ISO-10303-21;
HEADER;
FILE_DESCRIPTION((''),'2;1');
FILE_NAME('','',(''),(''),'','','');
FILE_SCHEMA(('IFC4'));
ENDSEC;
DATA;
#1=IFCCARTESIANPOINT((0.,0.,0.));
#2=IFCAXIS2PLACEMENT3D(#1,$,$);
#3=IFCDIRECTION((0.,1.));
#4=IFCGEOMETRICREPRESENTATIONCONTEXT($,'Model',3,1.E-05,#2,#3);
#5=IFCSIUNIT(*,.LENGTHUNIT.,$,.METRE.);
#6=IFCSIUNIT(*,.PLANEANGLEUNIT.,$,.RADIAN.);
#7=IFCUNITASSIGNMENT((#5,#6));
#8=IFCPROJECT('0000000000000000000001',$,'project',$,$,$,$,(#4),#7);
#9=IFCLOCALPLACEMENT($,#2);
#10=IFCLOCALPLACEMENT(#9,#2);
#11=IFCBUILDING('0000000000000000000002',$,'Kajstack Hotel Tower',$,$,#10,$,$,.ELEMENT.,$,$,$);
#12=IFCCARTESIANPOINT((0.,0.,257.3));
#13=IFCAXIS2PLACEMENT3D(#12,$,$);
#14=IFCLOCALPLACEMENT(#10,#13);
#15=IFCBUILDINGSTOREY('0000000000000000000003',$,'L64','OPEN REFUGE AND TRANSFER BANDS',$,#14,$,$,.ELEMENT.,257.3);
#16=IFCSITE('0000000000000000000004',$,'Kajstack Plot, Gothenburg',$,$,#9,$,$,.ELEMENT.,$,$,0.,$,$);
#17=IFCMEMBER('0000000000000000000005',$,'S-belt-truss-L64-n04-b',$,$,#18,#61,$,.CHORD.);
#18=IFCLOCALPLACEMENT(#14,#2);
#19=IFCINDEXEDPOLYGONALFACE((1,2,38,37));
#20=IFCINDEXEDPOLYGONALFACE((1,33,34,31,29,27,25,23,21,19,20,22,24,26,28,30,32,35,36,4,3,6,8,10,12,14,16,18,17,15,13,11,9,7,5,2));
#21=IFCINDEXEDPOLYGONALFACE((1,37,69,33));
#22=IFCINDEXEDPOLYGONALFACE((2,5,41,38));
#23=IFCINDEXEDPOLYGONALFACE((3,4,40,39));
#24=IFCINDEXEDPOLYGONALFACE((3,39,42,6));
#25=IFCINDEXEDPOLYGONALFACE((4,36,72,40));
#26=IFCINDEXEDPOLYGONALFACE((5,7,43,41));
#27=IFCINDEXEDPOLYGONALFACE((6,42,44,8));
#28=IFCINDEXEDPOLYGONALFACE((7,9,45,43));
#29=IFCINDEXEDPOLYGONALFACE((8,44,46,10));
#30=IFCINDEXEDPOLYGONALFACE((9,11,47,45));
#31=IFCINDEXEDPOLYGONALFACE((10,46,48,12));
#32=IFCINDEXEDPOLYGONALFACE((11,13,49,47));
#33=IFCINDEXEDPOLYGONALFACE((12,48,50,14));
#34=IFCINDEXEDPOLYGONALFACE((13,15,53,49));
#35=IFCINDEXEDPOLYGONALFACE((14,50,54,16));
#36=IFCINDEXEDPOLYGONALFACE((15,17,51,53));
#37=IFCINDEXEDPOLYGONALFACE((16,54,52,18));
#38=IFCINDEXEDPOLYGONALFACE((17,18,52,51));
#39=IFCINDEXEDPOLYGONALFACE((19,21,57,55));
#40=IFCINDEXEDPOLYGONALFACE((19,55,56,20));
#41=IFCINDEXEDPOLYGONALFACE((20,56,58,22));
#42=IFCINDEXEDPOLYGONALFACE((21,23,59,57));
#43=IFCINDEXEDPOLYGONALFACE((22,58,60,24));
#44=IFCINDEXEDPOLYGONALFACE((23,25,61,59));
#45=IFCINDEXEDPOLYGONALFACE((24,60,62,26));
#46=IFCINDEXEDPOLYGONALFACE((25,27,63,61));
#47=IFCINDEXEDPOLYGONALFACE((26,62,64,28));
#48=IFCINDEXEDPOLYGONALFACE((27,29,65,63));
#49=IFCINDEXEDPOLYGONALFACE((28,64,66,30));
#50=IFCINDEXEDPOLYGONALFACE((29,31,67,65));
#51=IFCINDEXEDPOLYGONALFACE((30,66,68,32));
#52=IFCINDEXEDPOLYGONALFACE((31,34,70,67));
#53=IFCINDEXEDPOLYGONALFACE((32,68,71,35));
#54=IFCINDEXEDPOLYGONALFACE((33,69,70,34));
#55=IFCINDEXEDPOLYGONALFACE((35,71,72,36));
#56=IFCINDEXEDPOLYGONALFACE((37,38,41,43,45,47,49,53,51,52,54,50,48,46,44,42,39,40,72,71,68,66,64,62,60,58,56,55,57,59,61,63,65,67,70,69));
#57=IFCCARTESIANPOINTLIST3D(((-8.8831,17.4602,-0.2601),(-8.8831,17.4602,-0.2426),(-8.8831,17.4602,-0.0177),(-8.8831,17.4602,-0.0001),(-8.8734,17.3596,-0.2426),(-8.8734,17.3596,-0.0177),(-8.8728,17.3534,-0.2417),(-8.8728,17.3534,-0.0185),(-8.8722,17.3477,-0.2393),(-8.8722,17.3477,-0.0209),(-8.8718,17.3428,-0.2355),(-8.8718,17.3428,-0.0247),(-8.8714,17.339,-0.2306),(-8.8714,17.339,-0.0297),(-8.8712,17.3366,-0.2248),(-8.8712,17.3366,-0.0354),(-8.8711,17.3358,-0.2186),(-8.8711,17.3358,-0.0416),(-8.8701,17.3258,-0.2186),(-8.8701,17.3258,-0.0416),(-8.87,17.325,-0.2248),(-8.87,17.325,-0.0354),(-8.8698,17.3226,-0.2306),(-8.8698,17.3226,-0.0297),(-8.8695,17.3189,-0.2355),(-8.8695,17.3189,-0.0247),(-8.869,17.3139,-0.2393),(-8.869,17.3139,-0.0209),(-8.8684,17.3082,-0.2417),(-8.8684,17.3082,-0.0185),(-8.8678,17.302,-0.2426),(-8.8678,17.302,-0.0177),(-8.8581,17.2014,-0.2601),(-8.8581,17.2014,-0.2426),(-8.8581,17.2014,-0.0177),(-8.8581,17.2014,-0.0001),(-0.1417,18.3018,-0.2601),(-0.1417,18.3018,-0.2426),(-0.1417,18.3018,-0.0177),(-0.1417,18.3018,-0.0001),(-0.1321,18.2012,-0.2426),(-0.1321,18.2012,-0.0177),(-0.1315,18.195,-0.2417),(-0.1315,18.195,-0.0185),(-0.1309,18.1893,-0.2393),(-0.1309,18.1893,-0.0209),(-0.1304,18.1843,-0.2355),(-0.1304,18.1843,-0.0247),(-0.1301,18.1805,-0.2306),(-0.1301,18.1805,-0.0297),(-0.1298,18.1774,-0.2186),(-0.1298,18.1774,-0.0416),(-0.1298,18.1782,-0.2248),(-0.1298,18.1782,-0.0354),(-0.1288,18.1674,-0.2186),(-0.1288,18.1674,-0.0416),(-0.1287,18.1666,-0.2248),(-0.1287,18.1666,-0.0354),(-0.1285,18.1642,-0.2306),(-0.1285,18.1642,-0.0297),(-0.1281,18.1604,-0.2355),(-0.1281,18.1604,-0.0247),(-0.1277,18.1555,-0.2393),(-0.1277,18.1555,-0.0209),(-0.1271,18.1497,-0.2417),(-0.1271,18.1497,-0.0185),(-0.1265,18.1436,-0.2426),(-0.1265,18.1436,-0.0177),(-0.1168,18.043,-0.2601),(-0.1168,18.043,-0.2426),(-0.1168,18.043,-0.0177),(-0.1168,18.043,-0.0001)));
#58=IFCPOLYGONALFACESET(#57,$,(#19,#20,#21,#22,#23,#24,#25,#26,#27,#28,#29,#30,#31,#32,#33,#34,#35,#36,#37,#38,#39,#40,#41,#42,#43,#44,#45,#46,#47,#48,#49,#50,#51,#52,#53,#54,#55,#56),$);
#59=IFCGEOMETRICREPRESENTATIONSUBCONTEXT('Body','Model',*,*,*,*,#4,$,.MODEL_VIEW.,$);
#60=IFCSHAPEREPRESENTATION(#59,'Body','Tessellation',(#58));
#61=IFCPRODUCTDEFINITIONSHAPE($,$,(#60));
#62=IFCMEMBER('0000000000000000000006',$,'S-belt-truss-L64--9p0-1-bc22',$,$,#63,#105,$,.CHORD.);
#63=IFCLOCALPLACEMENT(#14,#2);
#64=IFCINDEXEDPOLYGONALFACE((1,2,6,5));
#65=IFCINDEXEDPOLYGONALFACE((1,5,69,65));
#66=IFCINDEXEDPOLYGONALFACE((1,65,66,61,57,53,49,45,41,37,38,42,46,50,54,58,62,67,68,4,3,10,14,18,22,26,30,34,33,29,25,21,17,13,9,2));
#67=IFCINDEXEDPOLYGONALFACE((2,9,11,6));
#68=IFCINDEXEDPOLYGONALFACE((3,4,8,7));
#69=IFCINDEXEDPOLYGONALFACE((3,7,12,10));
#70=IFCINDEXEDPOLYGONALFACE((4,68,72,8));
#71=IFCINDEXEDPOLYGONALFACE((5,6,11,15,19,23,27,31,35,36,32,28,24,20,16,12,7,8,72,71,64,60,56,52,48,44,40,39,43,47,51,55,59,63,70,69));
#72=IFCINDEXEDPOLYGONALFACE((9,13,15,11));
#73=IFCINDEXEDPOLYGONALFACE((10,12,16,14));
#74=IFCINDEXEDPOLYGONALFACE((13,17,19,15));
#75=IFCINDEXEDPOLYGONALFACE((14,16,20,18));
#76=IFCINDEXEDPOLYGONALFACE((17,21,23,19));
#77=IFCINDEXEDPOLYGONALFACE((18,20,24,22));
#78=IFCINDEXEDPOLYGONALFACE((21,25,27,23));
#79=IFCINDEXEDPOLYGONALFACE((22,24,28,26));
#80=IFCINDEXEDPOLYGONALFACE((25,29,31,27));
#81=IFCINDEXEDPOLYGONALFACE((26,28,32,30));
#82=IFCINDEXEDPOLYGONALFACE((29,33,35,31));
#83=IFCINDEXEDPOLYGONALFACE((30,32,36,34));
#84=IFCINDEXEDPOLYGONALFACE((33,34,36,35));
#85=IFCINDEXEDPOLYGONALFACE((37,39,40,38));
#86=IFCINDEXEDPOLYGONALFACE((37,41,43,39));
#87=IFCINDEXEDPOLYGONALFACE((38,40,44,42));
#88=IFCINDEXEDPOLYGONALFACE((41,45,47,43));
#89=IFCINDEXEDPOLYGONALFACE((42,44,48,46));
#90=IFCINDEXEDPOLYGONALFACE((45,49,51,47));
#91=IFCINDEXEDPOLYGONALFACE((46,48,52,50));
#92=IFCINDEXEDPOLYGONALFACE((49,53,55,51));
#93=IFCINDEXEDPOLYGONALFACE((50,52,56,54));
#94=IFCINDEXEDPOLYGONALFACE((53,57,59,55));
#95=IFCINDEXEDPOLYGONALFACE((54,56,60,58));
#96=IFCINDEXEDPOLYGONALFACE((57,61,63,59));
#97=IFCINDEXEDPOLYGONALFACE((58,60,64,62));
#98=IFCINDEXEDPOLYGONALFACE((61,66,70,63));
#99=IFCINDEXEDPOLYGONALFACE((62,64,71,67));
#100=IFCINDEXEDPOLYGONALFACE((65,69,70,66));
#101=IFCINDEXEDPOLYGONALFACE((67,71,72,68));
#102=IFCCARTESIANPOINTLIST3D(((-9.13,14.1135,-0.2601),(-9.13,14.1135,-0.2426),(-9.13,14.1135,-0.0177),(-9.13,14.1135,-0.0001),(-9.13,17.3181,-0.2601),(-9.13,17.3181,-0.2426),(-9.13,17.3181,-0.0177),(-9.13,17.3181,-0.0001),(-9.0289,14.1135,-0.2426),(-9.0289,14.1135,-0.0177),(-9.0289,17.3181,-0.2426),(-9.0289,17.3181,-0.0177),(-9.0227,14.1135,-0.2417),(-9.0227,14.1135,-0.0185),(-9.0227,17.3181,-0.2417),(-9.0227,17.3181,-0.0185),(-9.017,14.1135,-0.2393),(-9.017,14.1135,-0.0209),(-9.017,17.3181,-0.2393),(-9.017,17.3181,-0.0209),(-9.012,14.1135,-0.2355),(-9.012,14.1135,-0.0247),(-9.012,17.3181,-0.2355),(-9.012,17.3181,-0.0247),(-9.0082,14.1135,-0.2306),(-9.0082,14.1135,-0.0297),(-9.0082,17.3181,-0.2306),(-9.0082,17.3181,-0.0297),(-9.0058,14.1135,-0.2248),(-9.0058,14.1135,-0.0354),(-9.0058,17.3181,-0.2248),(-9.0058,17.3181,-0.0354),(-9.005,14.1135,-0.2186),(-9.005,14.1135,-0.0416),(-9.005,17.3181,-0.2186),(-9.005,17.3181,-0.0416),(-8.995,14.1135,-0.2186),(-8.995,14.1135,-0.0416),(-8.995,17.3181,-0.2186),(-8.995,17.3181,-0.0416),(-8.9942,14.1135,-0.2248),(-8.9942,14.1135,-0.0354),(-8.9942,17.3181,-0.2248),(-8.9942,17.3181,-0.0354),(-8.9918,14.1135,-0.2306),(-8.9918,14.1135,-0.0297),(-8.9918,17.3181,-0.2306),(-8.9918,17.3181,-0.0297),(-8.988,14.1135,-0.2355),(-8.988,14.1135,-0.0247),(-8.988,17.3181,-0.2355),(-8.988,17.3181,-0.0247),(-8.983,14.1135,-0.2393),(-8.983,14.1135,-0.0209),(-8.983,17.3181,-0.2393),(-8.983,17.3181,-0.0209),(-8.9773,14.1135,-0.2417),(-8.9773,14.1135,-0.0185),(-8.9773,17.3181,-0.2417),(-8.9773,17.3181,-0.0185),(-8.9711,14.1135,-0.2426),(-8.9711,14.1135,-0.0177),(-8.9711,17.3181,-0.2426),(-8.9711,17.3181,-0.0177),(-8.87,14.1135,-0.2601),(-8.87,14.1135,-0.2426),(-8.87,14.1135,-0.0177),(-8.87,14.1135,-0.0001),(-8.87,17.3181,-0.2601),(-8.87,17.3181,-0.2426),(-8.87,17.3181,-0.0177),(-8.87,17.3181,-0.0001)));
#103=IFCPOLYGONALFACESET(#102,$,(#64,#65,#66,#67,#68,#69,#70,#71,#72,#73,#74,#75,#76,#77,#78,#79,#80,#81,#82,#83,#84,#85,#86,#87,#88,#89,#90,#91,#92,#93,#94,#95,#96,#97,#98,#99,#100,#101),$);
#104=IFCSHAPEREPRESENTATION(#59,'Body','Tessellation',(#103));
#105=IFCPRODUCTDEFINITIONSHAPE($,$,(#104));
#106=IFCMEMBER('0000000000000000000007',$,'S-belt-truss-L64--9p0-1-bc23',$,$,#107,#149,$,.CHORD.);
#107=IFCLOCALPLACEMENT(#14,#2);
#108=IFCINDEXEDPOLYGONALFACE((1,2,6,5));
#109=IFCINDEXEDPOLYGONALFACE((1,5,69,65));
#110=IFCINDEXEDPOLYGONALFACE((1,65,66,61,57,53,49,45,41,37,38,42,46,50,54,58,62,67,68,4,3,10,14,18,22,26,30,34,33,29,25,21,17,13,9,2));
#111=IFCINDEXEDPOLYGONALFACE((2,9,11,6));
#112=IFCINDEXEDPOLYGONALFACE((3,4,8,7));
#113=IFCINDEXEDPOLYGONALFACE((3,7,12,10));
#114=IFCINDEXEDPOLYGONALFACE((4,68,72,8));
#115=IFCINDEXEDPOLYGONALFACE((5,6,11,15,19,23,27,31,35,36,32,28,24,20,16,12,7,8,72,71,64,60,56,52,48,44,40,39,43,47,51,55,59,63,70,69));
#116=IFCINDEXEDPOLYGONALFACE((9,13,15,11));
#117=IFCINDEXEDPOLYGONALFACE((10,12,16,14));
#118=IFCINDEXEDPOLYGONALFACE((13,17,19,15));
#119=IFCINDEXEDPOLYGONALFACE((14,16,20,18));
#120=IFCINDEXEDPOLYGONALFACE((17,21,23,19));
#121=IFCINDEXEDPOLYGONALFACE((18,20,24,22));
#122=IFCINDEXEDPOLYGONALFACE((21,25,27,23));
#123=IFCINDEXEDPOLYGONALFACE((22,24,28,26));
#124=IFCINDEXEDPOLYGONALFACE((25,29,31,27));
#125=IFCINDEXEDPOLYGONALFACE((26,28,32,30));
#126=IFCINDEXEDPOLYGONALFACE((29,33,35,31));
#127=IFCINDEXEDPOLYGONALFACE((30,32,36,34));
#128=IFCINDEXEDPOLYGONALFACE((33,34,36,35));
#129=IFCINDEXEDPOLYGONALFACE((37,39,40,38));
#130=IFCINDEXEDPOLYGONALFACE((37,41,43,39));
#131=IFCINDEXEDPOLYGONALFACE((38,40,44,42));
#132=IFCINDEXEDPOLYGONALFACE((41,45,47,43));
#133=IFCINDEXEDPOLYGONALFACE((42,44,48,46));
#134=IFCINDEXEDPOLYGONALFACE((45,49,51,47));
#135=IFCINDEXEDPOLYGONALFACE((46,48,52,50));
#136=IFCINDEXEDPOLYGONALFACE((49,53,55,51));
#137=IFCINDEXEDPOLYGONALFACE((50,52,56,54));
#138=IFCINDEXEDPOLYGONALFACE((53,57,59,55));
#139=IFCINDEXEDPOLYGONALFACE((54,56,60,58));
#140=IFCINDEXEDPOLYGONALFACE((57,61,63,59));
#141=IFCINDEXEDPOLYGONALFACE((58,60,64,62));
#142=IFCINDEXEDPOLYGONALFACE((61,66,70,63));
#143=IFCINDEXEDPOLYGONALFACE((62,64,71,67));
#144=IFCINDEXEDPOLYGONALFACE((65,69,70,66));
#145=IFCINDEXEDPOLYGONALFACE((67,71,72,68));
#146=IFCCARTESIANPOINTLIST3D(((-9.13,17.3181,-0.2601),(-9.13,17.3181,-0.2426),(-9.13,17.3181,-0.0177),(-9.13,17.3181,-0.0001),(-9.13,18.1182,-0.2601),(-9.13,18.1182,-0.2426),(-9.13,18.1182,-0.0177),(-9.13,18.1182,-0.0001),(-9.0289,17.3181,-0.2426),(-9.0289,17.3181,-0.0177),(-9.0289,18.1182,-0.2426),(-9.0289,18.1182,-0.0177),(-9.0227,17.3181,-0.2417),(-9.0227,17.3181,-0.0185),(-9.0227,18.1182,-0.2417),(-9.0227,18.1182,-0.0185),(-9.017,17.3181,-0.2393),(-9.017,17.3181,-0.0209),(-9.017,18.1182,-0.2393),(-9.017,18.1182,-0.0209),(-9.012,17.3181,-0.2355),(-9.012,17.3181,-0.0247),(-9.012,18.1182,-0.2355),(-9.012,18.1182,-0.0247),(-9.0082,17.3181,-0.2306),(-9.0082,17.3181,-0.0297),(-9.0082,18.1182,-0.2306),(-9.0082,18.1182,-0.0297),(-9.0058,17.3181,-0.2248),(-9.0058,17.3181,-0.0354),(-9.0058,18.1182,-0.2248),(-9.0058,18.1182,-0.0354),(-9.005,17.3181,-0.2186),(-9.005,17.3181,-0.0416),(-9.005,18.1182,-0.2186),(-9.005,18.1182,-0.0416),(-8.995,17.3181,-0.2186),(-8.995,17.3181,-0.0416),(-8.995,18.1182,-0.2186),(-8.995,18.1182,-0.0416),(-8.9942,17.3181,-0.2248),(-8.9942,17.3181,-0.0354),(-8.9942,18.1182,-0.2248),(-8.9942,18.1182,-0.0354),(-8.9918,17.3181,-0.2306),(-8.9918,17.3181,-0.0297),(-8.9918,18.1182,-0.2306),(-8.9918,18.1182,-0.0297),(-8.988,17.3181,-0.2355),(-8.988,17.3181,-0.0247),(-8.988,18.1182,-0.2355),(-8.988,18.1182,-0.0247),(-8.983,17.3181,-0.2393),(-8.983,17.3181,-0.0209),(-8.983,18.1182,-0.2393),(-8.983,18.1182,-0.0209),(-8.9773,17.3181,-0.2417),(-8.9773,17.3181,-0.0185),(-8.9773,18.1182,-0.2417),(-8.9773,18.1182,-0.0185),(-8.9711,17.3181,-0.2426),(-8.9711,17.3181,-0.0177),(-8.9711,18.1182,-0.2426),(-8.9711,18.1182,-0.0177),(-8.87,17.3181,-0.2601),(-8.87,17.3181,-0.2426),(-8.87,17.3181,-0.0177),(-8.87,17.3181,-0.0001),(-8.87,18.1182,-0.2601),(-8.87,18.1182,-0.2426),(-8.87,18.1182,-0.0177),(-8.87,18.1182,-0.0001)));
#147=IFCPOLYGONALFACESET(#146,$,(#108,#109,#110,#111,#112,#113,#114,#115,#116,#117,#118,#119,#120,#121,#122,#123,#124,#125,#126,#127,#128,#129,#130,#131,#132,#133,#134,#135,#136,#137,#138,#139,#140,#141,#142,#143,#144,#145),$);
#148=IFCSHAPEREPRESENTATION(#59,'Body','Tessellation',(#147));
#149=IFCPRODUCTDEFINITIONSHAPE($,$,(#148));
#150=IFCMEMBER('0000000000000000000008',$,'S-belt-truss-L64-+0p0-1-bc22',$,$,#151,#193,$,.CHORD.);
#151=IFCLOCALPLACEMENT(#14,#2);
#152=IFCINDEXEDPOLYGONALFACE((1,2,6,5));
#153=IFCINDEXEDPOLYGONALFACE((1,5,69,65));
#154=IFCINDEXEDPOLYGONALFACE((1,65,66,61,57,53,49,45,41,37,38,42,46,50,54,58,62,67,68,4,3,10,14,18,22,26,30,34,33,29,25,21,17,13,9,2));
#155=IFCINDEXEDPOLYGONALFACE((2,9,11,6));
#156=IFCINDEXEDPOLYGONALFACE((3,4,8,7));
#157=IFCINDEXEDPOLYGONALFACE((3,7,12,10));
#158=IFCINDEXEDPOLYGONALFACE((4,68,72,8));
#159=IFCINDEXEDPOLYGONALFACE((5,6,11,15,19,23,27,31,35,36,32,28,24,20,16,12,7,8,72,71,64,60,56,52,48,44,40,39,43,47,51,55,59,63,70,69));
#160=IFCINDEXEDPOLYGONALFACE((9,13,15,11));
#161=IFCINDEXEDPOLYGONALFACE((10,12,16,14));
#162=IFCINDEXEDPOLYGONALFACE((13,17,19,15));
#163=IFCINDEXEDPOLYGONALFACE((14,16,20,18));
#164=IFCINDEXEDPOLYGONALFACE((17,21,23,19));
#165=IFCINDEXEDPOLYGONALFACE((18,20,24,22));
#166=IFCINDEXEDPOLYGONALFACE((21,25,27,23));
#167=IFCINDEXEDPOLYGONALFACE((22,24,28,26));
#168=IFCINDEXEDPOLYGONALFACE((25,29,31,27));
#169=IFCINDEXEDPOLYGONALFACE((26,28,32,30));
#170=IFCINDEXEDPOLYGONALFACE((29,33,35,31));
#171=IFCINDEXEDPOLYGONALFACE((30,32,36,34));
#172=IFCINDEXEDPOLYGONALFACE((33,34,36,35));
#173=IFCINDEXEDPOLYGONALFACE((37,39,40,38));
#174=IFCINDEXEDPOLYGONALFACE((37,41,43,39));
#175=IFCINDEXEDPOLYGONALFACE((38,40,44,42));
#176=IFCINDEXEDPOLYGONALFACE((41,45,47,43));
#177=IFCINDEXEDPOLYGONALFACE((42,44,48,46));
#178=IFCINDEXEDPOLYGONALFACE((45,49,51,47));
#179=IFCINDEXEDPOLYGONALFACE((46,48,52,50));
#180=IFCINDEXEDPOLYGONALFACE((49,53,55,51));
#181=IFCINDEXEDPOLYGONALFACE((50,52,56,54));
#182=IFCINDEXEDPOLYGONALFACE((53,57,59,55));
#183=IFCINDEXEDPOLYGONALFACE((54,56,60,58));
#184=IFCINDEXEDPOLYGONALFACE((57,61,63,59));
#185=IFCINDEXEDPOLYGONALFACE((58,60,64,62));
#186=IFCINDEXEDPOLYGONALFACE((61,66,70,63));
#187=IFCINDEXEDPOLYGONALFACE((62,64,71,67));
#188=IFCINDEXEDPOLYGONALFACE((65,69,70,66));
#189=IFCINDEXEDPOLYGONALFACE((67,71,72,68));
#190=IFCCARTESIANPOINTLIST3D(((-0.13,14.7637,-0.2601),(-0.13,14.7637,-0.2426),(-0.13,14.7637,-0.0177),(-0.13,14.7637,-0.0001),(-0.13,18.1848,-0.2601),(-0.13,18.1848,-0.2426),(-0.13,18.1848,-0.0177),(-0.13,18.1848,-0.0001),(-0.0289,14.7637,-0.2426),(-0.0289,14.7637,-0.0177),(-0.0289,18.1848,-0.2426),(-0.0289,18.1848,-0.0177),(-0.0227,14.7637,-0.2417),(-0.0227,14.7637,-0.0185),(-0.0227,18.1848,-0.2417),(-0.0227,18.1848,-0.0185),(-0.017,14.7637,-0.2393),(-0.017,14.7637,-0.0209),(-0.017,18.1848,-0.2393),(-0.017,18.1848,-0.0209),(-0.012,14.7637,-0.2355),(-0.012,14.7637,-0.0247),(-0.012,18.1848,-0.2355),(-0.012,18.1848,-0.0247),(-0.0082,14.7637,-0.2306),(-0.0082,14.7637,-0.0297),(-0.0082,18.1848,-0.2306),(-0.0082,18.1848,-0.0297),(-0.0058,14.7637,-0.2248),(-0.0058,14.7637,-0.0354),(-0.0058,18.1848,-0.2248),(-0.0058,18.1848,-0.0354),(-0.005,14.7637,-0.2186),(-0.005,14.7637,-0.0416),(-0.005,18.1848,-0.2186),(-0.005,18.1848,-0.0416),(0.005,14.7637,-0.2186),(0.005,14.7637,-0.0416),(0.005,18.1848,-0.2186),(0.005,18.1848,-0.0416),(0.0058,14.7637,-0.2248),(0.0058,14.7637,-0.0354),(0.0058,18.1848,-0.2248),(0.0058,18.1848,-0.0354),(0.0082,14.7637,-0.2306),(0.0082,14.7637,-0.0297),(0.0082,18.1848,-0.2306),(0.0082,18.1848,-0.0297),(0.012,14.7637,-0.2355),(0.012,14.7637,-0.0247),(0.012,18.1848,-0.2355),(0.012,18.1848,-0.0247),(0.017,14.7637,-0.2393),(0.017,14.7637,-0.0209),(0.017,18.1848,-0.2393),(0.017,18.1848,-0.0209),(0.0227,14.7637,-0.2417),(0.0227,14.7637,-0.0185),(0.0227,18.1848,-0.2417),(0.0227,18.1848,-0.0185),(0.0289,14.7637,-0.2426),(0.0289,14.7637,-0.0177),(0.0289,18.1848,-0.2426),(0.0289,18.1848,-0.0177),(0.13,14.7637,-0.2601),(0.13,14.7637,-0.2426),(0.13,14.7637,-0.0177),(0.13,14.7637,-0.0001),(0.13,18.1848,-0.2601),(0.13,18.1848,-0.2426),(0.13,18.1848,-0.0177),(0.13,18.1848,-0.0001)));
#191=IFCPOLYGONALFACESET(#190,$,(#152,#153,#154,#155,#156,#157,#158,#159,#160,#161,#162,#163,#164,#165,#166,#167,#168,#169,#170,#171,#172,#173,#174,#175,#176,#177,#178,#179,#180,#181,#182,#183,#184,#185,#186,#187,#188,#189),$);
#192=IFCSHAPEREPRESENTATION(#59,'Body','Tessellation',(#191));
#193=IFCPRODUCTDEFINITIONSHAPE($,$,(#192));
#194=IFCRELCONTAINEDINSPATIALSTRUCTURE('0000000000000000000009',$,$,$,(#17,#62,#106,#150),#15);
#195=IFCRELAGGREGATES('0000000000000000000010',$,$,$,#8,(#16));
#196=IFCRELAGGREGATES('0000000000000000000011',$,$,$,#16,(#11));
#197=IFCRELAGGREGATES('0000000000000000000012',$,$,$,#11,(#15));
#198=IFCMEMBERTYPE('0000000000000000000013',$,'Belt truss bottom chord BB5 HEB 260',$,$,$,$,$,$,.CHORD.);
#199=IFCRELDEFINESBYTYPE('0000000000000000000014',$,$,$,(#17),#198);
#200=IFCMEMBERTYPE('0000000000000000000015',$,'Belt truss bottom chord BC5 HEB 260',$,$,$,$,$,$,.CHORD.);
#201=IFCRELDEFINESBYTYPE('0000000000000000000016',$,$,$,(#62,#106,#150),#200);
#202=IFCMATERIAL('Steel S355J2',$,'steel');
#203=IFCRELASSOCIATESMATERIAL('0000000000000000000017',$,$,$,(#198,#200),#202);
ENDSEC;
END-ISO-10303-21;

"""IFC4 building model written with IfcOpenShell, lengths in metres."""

from ifc_helpers import new_model, si_unit, direction, frame, origin, origin_2d, place, context, subcontext, project, spatial, i_section, extrude, material, material_profile, profile_set, type_object, element, save


model = new_model("IFC4")

# Units and contexts
model_context = context("Model", 3, precision=1e-05, world=origin(), true_north=direction((0.0, 1.0)))
body_context = subcontext(model_context, "Body", "Model", "MODEL_VIEW")
ifc_project = project(units=[si_unit("LENGTHUNIT", "METRE"), si_unit("PLANEANGLEUNIT", "RADIAN")], contexts=[model_context])

# Site, building, storey
site_placement = place(None, origin())
site = spatial("IfcSite", under=ifc_project, at=site_placement, Name="Kajstack Plot, Gothenburg", CompositionType="ELEMENT", RefElevation=0.0)
building_placement = place(site_placement, origin())
building = spatial("IfcBuilding", under=site, at=building_placement, Name="Kajstack Hotel Tower", CompositionType="ELEMENT")
storey_placement = place(building_placement, frame((0.0, 0.0, 257.3)))
storey = spatial("IfcBuildingStorey", under=building, at=storey_placement, Name="L64", Description="OPEN REFUGE AND TRANSFER BANDS", CompositionType="ELEMENT", Elevation=257.3)

# Members
ifc_material_1 = material(Name="Steel S355J2", Category="steel")
ifc_material_profile_1 = material_profile(ifc_material_1, i_section(OverallWidth=0.26, OverallDepth=0.26, WebThickness=0.01, FlangeThickness=0.0176, FilletRadius=0.0239, at=origin_2d()), Name="HEB 260")
ifc_profile_set_1 = profile_set([ifc_material_profile_1], Name="Steel S355J2")
member_type_1 = type_object("IfcMemberType", Name="Belt truss bottom chord BB5 HEB 260", PredefinedType="CHORD", material=ifc_profile_set_1)
member_1_placement = place(storey_placement, frame((-8.8706, 17.3308, -0.1301), z_axis=(0.995398, 0.095831, 0.0), x_axis=(-0.095831, 0.995398, 0.0)))
element("IfcMember", 1, at=member_1_placement, inside=storey, type_object=member_type_1, Name="S-belt-truss-L64-n04-b", PredefinedType="CHORD", context=body_context, shape_type="SweptSolid", body=[
    extrude(i_section(OverallWidth=0.26, OverallDepth=0.26, WebThickness=0.01, FlangeThickness=0.0176, FilletRadius=0.0239, at=origin_2d()), origin(), (0.0, 0.0, 1.0), 8.7817),
])
ifc_material_profile_2 = material_profile(ifc_material_1, i_section(OverallWidth=0.26, OverallDepth=0.26, WebThickness=0.01, FlangeThickness=0.0176, FilletRadius=0.0239, at=origin_2d()), Name="HEB 260")
ifc_profile_set_2 = profile_set([ifc_material_profile_2], Name="Steel S355J2")
member_type_2 = type_object("IfcMemberType", Name="Belt truss bottom chord BC5 HEB 260", PredefinedType="CHORD", material=ifc_profile_set_2)
member_2_placement = place(storey_placement, frame((-9.0, 14.1135, -0.1301), z_axis=(0.0, 1.0, 0.0), x_axis=(-1.0, 0.0, 0.0)))
element("IfcMember", 2, at=member_2_placement, inside=storey, type_object=member_type_2, Name="S-belt-truss-L64--9p0-1-bc22", PredefinedType="CHORD", context=body_context, shape_type="SweptSolid", body=[
    extrude(i_section(OverallWidth=0.26, OverallDepth=0.26, WebThickness=0.01, FlangeThickness=0.0176, FilletRadius=0.0239, at=origin_2d()), origin(), (0.0, 0.0, 1.0), 3.2046),
])
member_3_placement = place(storey_placement, frame((-9.0, 17.3181, -0.1301), z_axis=(0.0, 1.0, 0.0), x_axis=(-1.0, 0.0, 0.0)))
element("IfcMember", 3, at=member_3_placement, inside=storey, type_object=member_type_2, Name="S-belt-truss-L64--9p0-1-bc23", PredefinedType="CHORD", context=body_context, shape_type="SweptSolid", body=[
    extrude(i_section(OverallWidth=0.26, OverallDepth=0.26, WebThickness=0.01, FlangeThickness=0.0176, FilletRadius=0.0239, at=origin_2d()), origin(), (0.0, 0.0, 1.0), 0.8),
])
member_4_placement = place(storey_placement, frame((0.0, 14.7637, -0.1301), z_axis=(0.0, 1.0, 0.0), x_axis=(-1.0, 0.0, 0.0)))
element("IfcMember", 4, at=member_4_placement, inside=storey, type_object=member_type_2, Name="S-belt-truss-L64-+0p0-1-bc22", PredefinedType="CHORD", context=body_context, shape_type="SweptSolid", body=[
    extrude(i_section(OverallWidth=0.26, OverallDepth=0.26, WebThickness=0.01, FlangeThickness=0.0176, FilletRadius=0.0239, at=origin_2d()), origin(), (0.0, 0.0, 1.0), 3.4211),
])

save(model, "model.ifc")
